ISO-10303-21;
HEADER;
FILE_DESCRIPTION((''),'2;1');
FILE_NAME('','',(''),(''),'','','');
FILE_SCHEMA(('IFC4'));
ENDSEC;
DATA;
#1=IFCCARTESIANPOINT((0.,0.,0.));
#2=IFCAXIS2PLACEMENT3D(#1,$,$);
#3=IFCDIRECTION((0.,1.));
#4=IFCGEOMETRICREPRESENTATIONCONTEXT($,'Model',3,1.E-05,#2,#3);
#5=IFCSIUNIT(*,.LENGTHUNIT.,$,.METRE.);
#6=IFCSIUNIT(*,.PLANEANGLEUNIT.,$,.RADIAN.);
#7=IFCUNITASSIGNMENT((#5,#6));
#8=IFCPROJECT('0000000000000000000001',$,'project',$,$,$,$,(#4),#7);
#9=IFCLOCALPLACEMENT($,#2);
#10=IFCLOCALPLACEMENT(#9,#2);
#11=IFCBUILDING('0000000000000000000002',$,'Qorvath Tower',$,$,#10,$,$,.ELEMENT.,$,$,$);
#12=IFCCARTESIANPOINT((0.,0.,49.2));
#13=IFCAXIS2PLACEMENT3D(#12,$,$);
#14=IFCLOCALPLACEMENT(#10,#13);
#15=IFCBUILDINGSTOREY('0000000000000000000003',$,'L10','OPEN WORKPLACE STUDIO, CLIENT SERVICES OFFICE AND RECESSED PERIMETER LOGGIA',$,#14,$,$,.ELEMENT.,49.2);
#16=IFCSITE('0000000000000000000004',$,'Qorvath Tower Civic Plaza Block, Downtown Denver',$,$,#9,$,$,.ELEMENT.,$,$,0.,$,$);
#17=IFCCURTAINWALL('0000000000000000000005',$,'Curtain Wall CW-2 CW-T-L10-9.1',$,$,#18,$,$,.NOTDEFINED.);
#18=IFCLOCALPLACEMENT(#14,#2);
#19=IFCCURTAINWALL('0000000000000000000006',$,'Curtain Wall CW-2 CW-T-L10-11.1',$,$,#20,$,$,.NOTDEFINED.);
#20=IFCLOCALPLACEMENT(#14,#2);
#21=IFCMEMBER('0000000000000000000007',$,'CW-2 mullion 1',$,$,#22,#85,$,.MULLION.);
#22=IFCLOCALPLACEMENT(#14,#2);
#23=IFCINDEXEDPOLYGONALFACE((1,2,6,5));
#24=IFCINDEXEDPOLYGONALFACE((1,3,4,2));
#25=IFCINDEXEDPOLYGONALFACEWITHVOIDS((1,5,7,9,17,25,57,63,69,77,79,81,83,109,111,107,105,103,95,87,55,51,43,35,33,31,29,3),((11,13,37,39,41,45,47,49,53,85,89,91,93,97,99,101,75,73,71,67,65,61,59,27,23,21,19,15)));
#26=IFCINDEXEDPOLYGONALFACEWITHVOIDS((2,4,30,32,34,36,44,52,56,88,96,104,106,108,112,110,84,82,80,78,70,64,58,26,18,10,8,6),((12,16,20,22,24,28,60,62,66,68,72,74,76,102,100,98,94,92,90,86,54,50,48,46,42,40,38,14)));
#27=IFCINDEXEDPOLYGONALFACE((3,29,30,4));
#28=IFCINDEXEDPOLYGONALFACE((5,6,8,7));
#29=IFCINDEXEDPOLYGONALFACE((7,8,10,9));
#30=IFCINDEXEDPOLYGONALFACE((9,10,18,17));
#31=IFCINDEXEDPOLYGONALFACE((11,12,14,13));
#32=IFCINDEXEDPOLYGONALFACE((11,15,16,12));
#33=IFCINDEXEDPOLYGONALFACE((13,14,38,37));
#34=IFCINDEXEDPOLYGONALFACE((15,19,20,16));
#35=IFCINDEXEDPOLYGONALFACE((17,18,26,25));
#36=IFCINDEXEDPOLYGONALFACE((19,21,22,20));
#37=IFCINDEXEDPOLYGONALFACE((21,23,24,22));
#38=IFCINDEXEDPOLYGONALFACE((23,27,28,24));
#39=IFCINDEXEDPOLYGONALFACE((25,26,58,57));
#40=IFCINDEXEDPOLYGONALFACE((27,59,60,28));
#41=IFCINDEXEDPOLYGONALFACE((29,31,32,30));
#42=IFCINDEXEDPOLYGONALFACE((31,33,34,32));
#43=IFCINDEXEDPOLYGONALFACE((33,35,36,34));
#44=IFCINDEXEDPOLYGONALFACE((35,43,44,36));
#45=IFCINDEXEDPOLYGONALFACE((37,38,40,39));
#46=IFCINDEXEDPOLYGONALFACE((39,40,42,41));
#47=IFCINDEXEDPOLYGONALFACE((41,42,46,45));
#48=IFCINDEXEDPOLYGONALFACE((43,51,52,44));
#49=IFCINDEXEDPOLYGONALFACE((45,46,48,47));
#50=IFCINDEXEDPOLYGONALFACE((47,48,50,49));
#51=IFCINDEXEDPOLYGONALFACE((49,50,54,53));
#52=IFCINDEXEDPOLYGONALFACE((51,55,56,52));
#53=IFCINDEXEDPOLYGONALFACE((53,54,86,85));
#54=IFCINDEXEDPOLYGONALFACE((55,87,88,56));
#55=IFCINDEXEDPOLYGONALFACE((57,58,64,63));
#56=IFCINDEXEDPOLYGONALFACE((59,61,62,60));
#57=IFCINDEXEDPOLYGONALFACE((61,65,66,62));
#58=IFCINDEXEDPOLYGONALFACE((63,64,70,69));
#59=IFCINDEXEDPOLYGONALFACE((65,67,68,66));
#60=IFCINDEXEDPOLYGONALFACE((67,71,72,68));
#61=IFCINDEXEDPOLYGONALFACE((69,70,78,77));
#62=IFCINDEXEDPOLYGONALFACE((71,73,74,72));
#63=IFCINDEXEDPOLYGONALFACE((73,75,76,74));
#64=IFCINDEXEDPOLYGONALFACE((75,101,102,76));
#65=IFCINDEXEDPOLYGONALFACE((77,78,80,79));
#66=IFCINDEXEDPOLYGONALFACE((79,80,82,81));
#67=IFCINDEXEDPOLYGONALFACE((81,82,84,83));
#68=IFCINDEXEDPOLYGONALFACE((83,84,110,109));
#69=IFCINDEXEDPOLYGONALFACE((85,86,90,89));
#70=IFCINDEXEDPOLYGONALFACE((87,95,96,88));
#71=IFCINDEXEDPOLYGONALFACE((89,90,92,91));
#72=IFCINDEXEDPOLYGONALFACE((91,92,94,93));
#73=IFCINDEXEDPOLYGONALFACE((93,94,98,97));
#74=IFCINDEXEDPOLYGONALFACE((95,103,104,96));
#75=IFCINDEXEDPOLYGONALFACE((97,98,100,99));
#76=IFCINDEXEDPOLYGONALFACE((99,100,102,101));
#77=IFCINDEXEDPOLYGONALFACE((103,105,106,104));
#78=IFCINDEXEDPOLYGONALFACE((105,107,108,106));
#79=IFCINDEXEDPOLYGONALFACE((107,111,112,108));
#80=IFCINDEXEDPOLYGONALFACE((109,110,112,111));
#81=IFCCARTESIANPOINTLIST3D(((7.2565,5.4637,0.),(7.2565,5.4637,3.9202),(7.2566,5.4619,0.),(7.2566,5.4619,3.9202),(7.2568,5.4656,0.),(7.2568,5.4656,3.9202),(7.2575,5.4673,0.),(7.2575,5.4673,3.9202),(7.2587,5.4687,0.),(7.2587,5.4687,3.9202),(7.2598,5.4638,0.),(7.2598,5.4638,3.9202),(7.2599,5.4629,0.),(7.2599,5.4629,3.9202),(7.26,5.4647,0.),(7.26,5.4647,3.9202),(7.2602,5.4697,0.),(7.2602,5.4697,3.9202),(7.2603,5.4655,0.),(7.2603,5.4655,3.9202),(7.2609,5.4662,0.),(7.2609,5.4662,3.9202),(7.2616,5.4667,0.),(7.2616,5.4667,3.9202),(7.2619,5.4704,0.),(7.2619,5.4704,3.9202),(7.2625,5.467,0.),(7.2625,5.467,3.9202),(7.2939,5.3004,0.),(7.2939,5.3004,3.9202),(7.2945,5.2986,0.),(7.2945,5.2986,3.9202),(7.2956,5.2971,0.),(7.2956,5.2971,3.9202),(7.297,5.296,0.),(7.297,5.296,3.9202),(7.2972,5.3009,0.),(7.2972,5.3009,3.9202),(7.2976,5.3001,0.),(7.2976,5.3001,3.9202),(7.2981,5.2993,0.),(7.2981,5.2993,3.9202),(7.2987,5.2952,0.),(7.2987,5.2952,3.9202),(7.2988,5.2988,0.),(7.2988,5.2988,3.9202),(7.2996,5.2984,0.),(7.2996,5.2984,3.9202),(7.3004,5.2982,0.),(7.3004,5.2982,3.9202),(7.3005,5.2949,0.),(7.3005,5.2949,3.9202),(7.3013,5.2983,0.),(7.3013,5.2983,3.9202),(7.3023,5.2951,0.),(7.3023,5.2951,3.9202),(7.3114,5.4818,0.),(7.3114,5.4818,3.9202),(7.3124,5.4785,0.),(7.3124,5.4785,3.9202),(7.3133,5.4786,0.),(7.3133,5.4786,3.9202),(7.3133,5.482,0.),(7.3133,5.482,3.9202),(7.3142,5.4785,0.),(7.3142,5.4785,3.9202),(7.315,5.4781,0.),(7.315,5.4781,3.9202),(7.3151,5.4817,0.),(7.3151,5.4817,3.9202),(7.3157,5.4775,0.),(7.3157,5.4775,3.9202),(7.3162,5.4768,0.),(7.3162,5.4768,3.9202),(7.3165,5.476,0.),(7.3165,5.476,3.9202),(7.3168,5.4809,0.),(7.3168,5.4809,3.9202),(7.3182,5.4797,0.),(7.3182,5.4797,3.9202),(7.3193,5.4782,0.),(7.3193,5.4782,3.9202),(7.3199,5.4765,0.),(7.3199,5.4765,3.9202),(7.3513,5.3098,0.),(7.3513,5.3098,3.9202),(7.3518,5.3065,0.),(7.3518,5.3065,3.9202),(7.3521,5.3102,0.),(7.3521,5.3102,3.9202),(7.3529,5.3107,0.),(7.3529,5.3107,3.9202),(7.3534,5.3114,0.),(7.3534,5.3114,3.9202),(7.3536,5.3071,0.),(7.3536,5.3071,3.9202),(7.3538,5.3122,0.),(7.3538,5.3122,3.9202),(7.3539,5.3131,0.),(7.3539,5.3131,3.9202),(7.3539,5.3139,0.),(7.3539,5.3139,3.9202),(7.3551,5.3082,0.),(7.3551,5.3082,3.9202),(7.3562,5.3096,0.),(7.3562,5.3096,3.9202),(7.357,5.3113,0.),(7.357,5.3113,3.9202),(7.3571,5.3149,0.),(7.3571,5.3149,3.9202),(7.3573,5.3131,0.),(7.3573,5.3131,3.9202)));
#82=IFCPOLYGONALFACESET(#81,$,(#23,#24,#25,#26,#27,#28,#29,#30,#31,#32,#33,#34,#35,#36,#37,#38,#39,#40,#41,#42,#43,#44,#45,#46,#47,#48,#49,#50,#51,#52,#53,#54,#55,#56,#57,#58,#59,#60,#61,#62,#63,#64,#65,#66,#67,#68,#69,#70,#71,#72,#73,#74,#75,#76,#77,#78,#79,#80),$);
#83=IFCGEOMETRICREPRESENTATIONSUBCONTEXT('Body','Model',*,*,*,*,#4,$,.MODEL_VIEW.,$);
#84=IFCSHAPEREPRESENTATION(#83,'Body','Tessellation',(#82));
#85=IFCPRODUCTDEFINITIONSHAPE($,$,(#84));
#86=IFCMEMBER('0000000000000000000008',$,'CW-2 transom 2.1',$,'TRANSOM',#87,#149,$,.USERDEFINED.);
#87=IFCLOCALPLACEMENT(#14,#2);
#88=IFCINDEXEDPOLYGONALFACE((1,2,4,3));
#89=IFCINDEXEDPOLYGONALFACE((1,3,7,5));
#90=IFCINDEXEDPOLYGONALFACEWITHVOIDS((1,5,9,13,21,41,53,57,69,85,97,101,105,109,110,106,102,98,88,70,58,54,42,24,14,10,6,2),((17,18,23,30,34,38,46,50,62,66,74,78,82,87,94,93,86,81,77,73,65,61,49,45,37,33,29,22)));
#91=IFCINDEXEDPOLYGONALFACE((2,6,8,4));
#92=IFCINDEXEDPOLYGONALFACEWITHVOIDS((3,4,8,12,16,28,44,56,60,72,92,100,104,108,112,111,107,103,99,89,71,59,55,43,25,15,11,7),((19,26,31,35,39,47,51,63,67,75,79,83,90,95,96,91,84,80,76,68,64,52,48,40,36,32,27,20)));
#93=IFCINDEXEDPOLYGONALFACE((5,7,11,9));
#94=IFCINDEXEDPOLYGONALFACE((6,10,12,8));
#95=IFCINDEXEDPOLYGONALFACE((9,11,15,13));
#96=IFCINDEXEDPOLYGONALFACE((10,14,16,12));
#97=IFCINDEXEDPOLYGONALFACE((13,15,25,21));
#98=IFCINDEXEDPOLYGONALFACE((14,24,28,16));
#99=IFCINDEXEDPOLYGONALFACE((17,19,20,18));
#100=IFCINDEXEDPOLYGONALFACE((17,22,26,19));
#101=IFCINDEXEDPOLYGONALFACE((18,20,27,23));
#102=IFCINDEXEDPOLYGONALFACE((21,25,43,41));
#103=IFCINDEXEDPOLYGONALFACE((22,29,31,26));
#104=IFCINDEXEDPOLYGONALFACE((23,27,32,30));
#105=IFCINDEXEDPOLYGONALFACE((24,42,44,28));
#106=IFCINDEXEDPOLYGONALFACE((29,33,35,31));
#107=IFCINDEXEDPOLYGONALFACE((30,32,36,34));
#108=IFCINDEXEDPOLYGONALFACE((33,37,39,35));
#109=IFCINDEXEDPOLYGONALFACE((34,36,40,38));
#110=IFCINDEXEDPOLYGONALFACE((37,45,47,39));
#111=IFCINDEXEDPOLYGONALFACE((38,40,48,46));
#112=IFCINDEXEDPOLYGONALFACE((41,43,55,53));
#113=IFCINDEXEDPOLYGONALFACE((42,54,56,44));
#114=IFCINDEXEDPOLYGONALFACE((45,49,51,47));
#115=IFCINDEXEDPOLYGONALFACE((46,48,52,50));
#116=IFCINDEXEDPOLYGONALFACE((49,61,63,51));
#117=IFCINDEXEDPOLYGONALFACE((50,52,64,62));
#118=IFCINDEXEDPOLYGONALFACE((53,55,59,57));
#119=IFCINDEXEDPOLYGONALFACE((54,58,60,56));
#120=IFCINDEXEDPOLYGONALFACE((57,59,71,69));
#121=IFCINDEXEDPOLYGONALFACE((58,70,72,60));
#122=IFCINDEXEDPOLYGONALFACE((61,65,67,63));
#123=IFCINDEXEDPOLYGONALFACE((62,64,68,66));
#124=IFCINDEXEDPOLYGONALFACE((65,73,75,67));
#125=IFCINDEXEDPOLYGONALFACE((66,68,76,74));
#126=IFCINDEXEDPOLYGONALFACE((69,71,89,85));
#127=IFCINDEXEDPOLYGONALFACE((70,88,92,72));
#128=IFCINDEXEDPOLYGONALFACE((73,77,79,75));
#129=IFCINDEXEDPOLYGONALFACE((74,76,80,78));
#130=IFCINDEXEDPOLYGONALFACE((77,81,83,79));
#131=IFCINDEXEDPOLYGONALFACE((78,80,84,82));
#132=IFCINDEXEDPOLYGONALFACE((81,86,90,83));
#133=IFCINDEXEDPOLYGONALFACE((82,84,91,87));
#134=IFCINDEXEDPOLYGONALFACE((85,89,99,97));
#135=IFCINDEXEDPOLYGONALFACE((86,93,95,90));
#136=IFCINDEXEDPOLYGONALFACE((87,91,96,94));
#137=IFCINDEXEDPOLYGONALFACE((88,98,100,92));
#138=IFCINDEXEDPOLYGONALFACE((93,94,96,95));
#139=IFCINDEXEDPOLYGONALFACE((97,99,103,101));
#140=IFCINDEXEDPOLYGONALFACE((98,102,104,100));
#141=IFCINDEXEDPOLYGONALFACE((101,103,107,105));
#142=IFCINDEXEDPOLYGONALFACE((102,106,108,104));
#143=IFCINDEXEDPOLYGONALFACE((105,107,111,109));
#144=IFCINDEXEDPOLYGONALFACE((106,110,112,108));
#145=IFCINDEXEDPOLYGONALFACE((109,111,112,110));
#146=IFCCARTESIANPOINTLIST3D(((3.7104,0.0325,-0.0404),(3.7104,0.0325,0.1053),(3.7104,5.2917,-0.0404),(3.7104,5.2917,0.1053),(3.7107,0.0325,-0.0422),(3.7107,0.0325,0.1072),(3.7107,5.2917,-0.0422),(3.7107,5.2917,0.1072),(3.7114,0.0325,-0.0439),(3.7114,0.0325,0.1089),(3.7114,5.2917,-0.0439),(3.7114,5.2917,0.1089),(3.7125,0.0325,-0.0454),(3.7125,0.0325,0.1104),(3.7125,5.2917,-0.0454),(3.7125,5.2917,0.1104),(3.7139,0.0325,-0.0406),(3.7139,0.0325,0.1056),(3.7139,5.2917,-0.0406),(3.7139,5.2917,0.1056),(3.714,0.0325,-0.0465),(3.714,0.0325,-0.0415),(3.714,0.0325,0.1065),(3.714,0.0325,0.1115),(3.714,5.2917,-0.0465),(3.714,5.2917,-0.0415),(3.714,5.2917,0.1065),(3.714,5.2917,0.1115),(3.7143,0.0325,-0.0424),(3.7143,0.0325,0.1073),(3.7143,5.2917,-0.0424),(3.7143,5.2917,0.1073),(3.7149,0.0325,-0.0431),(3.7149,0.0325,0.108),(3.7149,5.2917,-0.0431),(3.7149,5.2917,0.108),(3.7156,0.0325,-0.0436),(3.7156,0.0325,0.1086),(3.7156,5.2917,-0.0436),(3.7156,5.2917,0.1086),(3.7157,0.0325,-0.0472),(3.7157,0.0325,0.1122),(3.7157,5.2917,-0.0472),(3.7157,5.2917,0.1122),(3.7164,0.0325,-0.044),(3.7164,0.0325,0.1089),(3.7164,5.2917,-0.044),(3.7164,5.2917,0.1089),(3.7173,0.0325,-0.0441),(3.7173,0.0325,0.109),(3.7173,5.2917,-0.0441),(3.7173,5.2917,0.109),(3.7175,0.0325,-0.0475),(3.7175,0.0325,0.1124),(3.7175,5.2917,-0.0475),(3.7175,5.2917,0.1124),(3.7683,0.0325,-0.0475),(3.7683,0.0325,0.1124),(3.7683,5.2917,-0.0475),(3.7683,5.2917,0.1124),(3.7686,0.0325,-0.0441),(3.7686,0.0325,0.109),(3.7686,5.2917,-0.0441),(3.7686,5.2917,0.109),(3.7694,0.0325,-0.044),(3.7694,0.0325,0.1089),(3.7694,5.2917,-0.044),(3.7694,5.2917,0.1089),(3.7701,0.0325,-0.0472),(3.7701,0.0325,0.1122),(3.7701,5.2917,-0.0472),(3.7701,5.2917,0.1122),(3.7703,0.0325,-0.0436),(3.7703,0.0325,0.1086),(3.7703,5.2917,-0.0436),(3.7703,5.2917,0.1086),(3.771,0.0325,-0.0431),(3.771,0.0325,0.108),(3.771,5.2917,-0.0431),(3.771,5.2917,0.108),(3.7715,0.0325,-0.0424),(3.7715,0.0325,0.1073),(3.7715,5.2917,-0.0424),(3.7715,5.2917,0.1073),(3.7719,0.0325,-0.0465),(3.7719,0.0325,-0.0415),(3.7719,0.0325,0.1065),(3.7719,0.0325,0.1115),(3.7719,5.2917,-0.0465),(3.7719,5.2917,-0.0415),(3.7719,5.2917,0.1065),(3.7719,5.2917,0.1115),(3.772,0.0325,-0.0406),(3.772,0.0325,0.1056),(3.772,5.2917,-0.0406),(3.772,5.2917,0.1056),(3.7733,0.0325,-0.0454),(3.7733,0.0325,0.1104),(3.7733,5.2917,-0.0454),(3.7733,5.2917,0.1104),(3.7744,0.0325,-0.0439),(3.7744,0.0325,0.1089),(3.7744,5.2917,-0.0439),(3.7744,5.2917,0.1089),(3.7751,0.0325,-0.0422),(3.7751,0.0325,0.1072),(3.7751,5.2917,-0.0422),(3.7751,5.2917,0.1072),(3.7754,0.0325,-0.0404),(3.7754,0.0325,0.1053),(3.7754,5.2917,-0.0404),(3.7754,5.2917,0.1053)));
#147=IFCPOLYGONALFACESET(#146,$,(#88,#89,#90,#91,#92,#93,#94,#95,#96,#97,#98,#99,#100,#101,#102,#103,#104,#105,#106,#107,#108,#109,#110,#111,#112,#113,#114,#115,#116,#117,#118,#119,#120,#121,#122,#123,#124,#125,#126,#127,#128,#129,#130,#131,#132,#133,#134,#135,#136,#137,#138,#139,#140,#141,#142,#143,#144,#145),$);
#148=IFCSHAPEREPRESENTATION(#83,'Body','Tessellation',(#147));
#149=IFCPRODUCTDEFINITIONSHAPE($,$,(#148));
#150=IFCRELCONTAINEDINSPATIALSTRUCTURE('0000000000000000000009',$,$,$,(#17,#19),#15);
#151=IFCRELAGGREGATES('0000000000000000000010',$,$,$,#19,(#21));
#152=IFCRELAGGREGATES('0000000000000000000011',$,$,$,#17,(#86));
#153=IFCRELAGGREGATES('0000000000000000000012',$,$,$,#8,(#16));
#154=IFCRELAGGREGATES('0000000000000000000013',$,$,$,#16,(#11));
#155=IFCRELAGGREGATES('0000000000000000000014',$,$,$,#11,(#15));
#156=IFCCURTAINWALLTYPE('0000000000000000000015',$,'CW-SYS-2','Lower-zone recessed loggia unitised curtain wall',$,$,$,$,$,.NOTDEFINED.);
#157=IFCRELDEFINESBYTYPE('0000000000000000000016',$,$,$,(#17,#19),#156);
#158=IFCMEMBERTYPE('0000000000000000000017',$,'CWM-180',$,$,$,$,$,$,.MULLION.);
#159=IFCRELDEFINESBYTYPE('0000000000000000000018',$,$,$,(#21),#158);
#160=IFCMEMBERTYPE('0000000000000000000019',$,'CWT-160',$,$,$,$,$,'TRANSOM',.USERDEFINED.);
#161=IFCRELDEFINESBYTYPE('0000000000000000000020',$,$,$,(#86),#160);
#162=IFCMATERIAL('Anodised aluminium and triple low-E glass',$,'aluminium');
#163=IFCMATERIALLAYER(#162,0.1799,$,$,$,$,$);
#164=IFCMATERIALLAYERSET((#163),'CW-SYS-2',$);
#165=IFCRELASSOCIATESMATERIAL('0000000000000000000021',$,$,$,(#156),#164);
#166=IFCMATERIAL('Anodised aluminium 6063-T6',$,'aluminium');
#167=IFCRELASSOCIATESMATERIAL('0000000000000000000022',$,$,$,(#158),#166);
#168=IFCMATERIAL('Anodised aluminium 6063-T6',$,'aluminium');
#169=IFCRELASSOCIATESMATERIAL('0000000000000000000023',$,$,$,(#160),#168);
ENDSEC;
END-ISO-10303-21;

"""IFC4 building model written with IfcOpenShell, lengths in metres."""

from ifc_helpers import new_model, si_unit, direction, frame, origin, origin_2d, place, context, subcontext, project, spatial, hollow_rectangle, extrude, material, layer, layer_set, material_profile, profile_set, type_object, element, aggregate, save


model = new_model("IFC4")

# Units and contexts
model_context = context("Model", 3, precision=1e-05, world=origin(), true_north=direction((0.0, 1.0)))
body_context = subcontext(model_context, "Body", "Model", "MODEL_VIEW")
ifc_project = project(units=[si_unit("LENGTHUNIT", "METRE"), si_unit("PLANEANGLEUNIT", "RADIAN")], contexts=[model_context])

# Site, building, storey
site_placement = place(None, origin())
site = spatial("IfcSite", under=ifc_project, at=site_placement, Name="Qorvath Tower Civic Plaza Block, Downtown Denver", CompositionType="ELEMENT", RefElevation=0.0)
building_placement = place(site_placement, origin())
building = spatial("IfcBuilding", under=site, at=building_placement, Name="Qorvath Tower", CompositionType="ELEMENT")
storey_placement = place(building_placement, frame((0.0, 0.0, 49.2)))
storey = spatial("IfcBuildingStorey", under=building, at=storey_placement, Name="L10", Description="OPEN WORKPLACE STUDIO, CLIENT SERVICES OFFICE AND RECESSED PERIMETER LOGGIA", CompositionType="ELEMENT", Elevation=49.2)

# Curtain wall
ifc_material_1 = material(Name="Anodised aluminium and triple low-E glass", Category="aluminium")
ifc_layer_1 = layer(ifc_material_1, 0.1799)
ifc_layer_set_1 = layer_set([ifc_layer_1], Name="CW-SYS-2")
curtain_wall_type = type_object("IfcCurtainWallType", Name="CW-SYS-2", Description="Lower-zone recessed loggia unitised curtain wall", PredefinedType="NOTDEFINED", material=ifc_layer_set_1)
curtain_wall_1_placement = place(storey_placement, origin())
curtain_wall_1 = element("IfcCurtainWall", 1, at=curtain_wall_1_placement, inside=storey, type_object=curtain_wall_type, Name="Curtain Wall CW-2 CW-T-L10-9.1", PredefinedType="NOTDEFINED")
ifc_material_2 = material(Name="Anodised aluminium 6063-T6", Category="aluminium")
ifc_material_profile_1 = material_profile(ifc_material_2, hollow_rectangle(XDim=0.0649, YDim=0.1799, WallThickness=0.0034, InnerFilletRadius=0.0034, OuterFilletRadius=0.0071, at=origin_2d()), Name="CWM 180x65")
ifc_profile_set_1 = profile_set([ifc_material_profile_1], Name="Anodised aluminium 6063-T6")
member_type_1 = type_object("IfcMemberType", Name="CWM-180", PredefinedType="MULLION", material=ifc_profile_set_1)

# Curtain wall, member
curtain_wall_2_placement = place(storey_placement, origin())
curtain_wall_2 = element("IfcCurtainWall", 2, at=curtain_wall_2_placement, inside=storey, type_object=curtain_wall_type, Name="Curtain Wall CW-2 CW-T-L10-11.1", PredefinedType="NOTDEFINED")
member_1_placement = place(storey_placement, frame((7.3069, 5.3884, 0.0), z_axis=(0.0, 0.0, 1.0), x_axis=(-0.974466, -0.224535, 0.0)))
member_1 = element("IfcMember", 3, at=member_1_placement, type_object=member_type_1, Name="CW-2 mullion 1", PredefinedType="MULLION", context=body_context, shape_type="SweptSolid", body=[
    extrude(hollow_rectangle(XDim=0.0649, YDim=0.1799, WallThickness=0.0034, InnerFilletRadius=0.0034, OuterFilletRadius=0.0071, at=origin_2d()), origin(), (0.0, 0.0, 1.0), 3.9202),
])

# Member
ifc_material_3 = material(Name="Anodised aluminium 6063-T6", Category="aluminium")
ifc_material_profile_2 = material_profile(ifc_material_3, hollow_rectangle(XDim=0.0649, YDim=0.1599, WallThickness=0.0034, InnerFilletRadius=0.0034, OuterFilletRadius=0.0071, at=origin_2d()), Name="CWT 160x65")
ifc_profile_set_2 = profile_set([ifc_material_profile_2], Name="Anodised aluminium 6063-T6")
member_type_2 = type_object("IfcMemberType", Name="CWT-160", ElementType="TRANSOM", PredefinedType="USERDEFINED", material=ifc_profile_set_2)
member_2_placement = place(storey_placement, frame((3.7429, 0.0325, 0.0325), z_axis=(0.0, 1.0, 0.0), x_axis=(-1.0, 0.0, 0.0)))
member_2 = element("IfcMember", 4, at=member_2_placement, type_object=member_type_2, Name="CW-2 transom 2.1", ObjectType="TRANSOM", PredefinedType="USERDEFINED", context=body_context, shape_type="SweptSolid", body=[
    extrude(hollow_rectangle(XDim=0.0649, YDim=0.1599, WallThickness=0.0034, InnerFilletRadius=0.0034, OuterFilletRadius=0.0071, at=origin_2d()), origin(), (0.0, 0.0, 1.0), 5.2593),
])
aggregate(curtain_wall_2, [member_1])

aggregate(curtain_wall_1, [member_2])

save(model, "model.ifc")
